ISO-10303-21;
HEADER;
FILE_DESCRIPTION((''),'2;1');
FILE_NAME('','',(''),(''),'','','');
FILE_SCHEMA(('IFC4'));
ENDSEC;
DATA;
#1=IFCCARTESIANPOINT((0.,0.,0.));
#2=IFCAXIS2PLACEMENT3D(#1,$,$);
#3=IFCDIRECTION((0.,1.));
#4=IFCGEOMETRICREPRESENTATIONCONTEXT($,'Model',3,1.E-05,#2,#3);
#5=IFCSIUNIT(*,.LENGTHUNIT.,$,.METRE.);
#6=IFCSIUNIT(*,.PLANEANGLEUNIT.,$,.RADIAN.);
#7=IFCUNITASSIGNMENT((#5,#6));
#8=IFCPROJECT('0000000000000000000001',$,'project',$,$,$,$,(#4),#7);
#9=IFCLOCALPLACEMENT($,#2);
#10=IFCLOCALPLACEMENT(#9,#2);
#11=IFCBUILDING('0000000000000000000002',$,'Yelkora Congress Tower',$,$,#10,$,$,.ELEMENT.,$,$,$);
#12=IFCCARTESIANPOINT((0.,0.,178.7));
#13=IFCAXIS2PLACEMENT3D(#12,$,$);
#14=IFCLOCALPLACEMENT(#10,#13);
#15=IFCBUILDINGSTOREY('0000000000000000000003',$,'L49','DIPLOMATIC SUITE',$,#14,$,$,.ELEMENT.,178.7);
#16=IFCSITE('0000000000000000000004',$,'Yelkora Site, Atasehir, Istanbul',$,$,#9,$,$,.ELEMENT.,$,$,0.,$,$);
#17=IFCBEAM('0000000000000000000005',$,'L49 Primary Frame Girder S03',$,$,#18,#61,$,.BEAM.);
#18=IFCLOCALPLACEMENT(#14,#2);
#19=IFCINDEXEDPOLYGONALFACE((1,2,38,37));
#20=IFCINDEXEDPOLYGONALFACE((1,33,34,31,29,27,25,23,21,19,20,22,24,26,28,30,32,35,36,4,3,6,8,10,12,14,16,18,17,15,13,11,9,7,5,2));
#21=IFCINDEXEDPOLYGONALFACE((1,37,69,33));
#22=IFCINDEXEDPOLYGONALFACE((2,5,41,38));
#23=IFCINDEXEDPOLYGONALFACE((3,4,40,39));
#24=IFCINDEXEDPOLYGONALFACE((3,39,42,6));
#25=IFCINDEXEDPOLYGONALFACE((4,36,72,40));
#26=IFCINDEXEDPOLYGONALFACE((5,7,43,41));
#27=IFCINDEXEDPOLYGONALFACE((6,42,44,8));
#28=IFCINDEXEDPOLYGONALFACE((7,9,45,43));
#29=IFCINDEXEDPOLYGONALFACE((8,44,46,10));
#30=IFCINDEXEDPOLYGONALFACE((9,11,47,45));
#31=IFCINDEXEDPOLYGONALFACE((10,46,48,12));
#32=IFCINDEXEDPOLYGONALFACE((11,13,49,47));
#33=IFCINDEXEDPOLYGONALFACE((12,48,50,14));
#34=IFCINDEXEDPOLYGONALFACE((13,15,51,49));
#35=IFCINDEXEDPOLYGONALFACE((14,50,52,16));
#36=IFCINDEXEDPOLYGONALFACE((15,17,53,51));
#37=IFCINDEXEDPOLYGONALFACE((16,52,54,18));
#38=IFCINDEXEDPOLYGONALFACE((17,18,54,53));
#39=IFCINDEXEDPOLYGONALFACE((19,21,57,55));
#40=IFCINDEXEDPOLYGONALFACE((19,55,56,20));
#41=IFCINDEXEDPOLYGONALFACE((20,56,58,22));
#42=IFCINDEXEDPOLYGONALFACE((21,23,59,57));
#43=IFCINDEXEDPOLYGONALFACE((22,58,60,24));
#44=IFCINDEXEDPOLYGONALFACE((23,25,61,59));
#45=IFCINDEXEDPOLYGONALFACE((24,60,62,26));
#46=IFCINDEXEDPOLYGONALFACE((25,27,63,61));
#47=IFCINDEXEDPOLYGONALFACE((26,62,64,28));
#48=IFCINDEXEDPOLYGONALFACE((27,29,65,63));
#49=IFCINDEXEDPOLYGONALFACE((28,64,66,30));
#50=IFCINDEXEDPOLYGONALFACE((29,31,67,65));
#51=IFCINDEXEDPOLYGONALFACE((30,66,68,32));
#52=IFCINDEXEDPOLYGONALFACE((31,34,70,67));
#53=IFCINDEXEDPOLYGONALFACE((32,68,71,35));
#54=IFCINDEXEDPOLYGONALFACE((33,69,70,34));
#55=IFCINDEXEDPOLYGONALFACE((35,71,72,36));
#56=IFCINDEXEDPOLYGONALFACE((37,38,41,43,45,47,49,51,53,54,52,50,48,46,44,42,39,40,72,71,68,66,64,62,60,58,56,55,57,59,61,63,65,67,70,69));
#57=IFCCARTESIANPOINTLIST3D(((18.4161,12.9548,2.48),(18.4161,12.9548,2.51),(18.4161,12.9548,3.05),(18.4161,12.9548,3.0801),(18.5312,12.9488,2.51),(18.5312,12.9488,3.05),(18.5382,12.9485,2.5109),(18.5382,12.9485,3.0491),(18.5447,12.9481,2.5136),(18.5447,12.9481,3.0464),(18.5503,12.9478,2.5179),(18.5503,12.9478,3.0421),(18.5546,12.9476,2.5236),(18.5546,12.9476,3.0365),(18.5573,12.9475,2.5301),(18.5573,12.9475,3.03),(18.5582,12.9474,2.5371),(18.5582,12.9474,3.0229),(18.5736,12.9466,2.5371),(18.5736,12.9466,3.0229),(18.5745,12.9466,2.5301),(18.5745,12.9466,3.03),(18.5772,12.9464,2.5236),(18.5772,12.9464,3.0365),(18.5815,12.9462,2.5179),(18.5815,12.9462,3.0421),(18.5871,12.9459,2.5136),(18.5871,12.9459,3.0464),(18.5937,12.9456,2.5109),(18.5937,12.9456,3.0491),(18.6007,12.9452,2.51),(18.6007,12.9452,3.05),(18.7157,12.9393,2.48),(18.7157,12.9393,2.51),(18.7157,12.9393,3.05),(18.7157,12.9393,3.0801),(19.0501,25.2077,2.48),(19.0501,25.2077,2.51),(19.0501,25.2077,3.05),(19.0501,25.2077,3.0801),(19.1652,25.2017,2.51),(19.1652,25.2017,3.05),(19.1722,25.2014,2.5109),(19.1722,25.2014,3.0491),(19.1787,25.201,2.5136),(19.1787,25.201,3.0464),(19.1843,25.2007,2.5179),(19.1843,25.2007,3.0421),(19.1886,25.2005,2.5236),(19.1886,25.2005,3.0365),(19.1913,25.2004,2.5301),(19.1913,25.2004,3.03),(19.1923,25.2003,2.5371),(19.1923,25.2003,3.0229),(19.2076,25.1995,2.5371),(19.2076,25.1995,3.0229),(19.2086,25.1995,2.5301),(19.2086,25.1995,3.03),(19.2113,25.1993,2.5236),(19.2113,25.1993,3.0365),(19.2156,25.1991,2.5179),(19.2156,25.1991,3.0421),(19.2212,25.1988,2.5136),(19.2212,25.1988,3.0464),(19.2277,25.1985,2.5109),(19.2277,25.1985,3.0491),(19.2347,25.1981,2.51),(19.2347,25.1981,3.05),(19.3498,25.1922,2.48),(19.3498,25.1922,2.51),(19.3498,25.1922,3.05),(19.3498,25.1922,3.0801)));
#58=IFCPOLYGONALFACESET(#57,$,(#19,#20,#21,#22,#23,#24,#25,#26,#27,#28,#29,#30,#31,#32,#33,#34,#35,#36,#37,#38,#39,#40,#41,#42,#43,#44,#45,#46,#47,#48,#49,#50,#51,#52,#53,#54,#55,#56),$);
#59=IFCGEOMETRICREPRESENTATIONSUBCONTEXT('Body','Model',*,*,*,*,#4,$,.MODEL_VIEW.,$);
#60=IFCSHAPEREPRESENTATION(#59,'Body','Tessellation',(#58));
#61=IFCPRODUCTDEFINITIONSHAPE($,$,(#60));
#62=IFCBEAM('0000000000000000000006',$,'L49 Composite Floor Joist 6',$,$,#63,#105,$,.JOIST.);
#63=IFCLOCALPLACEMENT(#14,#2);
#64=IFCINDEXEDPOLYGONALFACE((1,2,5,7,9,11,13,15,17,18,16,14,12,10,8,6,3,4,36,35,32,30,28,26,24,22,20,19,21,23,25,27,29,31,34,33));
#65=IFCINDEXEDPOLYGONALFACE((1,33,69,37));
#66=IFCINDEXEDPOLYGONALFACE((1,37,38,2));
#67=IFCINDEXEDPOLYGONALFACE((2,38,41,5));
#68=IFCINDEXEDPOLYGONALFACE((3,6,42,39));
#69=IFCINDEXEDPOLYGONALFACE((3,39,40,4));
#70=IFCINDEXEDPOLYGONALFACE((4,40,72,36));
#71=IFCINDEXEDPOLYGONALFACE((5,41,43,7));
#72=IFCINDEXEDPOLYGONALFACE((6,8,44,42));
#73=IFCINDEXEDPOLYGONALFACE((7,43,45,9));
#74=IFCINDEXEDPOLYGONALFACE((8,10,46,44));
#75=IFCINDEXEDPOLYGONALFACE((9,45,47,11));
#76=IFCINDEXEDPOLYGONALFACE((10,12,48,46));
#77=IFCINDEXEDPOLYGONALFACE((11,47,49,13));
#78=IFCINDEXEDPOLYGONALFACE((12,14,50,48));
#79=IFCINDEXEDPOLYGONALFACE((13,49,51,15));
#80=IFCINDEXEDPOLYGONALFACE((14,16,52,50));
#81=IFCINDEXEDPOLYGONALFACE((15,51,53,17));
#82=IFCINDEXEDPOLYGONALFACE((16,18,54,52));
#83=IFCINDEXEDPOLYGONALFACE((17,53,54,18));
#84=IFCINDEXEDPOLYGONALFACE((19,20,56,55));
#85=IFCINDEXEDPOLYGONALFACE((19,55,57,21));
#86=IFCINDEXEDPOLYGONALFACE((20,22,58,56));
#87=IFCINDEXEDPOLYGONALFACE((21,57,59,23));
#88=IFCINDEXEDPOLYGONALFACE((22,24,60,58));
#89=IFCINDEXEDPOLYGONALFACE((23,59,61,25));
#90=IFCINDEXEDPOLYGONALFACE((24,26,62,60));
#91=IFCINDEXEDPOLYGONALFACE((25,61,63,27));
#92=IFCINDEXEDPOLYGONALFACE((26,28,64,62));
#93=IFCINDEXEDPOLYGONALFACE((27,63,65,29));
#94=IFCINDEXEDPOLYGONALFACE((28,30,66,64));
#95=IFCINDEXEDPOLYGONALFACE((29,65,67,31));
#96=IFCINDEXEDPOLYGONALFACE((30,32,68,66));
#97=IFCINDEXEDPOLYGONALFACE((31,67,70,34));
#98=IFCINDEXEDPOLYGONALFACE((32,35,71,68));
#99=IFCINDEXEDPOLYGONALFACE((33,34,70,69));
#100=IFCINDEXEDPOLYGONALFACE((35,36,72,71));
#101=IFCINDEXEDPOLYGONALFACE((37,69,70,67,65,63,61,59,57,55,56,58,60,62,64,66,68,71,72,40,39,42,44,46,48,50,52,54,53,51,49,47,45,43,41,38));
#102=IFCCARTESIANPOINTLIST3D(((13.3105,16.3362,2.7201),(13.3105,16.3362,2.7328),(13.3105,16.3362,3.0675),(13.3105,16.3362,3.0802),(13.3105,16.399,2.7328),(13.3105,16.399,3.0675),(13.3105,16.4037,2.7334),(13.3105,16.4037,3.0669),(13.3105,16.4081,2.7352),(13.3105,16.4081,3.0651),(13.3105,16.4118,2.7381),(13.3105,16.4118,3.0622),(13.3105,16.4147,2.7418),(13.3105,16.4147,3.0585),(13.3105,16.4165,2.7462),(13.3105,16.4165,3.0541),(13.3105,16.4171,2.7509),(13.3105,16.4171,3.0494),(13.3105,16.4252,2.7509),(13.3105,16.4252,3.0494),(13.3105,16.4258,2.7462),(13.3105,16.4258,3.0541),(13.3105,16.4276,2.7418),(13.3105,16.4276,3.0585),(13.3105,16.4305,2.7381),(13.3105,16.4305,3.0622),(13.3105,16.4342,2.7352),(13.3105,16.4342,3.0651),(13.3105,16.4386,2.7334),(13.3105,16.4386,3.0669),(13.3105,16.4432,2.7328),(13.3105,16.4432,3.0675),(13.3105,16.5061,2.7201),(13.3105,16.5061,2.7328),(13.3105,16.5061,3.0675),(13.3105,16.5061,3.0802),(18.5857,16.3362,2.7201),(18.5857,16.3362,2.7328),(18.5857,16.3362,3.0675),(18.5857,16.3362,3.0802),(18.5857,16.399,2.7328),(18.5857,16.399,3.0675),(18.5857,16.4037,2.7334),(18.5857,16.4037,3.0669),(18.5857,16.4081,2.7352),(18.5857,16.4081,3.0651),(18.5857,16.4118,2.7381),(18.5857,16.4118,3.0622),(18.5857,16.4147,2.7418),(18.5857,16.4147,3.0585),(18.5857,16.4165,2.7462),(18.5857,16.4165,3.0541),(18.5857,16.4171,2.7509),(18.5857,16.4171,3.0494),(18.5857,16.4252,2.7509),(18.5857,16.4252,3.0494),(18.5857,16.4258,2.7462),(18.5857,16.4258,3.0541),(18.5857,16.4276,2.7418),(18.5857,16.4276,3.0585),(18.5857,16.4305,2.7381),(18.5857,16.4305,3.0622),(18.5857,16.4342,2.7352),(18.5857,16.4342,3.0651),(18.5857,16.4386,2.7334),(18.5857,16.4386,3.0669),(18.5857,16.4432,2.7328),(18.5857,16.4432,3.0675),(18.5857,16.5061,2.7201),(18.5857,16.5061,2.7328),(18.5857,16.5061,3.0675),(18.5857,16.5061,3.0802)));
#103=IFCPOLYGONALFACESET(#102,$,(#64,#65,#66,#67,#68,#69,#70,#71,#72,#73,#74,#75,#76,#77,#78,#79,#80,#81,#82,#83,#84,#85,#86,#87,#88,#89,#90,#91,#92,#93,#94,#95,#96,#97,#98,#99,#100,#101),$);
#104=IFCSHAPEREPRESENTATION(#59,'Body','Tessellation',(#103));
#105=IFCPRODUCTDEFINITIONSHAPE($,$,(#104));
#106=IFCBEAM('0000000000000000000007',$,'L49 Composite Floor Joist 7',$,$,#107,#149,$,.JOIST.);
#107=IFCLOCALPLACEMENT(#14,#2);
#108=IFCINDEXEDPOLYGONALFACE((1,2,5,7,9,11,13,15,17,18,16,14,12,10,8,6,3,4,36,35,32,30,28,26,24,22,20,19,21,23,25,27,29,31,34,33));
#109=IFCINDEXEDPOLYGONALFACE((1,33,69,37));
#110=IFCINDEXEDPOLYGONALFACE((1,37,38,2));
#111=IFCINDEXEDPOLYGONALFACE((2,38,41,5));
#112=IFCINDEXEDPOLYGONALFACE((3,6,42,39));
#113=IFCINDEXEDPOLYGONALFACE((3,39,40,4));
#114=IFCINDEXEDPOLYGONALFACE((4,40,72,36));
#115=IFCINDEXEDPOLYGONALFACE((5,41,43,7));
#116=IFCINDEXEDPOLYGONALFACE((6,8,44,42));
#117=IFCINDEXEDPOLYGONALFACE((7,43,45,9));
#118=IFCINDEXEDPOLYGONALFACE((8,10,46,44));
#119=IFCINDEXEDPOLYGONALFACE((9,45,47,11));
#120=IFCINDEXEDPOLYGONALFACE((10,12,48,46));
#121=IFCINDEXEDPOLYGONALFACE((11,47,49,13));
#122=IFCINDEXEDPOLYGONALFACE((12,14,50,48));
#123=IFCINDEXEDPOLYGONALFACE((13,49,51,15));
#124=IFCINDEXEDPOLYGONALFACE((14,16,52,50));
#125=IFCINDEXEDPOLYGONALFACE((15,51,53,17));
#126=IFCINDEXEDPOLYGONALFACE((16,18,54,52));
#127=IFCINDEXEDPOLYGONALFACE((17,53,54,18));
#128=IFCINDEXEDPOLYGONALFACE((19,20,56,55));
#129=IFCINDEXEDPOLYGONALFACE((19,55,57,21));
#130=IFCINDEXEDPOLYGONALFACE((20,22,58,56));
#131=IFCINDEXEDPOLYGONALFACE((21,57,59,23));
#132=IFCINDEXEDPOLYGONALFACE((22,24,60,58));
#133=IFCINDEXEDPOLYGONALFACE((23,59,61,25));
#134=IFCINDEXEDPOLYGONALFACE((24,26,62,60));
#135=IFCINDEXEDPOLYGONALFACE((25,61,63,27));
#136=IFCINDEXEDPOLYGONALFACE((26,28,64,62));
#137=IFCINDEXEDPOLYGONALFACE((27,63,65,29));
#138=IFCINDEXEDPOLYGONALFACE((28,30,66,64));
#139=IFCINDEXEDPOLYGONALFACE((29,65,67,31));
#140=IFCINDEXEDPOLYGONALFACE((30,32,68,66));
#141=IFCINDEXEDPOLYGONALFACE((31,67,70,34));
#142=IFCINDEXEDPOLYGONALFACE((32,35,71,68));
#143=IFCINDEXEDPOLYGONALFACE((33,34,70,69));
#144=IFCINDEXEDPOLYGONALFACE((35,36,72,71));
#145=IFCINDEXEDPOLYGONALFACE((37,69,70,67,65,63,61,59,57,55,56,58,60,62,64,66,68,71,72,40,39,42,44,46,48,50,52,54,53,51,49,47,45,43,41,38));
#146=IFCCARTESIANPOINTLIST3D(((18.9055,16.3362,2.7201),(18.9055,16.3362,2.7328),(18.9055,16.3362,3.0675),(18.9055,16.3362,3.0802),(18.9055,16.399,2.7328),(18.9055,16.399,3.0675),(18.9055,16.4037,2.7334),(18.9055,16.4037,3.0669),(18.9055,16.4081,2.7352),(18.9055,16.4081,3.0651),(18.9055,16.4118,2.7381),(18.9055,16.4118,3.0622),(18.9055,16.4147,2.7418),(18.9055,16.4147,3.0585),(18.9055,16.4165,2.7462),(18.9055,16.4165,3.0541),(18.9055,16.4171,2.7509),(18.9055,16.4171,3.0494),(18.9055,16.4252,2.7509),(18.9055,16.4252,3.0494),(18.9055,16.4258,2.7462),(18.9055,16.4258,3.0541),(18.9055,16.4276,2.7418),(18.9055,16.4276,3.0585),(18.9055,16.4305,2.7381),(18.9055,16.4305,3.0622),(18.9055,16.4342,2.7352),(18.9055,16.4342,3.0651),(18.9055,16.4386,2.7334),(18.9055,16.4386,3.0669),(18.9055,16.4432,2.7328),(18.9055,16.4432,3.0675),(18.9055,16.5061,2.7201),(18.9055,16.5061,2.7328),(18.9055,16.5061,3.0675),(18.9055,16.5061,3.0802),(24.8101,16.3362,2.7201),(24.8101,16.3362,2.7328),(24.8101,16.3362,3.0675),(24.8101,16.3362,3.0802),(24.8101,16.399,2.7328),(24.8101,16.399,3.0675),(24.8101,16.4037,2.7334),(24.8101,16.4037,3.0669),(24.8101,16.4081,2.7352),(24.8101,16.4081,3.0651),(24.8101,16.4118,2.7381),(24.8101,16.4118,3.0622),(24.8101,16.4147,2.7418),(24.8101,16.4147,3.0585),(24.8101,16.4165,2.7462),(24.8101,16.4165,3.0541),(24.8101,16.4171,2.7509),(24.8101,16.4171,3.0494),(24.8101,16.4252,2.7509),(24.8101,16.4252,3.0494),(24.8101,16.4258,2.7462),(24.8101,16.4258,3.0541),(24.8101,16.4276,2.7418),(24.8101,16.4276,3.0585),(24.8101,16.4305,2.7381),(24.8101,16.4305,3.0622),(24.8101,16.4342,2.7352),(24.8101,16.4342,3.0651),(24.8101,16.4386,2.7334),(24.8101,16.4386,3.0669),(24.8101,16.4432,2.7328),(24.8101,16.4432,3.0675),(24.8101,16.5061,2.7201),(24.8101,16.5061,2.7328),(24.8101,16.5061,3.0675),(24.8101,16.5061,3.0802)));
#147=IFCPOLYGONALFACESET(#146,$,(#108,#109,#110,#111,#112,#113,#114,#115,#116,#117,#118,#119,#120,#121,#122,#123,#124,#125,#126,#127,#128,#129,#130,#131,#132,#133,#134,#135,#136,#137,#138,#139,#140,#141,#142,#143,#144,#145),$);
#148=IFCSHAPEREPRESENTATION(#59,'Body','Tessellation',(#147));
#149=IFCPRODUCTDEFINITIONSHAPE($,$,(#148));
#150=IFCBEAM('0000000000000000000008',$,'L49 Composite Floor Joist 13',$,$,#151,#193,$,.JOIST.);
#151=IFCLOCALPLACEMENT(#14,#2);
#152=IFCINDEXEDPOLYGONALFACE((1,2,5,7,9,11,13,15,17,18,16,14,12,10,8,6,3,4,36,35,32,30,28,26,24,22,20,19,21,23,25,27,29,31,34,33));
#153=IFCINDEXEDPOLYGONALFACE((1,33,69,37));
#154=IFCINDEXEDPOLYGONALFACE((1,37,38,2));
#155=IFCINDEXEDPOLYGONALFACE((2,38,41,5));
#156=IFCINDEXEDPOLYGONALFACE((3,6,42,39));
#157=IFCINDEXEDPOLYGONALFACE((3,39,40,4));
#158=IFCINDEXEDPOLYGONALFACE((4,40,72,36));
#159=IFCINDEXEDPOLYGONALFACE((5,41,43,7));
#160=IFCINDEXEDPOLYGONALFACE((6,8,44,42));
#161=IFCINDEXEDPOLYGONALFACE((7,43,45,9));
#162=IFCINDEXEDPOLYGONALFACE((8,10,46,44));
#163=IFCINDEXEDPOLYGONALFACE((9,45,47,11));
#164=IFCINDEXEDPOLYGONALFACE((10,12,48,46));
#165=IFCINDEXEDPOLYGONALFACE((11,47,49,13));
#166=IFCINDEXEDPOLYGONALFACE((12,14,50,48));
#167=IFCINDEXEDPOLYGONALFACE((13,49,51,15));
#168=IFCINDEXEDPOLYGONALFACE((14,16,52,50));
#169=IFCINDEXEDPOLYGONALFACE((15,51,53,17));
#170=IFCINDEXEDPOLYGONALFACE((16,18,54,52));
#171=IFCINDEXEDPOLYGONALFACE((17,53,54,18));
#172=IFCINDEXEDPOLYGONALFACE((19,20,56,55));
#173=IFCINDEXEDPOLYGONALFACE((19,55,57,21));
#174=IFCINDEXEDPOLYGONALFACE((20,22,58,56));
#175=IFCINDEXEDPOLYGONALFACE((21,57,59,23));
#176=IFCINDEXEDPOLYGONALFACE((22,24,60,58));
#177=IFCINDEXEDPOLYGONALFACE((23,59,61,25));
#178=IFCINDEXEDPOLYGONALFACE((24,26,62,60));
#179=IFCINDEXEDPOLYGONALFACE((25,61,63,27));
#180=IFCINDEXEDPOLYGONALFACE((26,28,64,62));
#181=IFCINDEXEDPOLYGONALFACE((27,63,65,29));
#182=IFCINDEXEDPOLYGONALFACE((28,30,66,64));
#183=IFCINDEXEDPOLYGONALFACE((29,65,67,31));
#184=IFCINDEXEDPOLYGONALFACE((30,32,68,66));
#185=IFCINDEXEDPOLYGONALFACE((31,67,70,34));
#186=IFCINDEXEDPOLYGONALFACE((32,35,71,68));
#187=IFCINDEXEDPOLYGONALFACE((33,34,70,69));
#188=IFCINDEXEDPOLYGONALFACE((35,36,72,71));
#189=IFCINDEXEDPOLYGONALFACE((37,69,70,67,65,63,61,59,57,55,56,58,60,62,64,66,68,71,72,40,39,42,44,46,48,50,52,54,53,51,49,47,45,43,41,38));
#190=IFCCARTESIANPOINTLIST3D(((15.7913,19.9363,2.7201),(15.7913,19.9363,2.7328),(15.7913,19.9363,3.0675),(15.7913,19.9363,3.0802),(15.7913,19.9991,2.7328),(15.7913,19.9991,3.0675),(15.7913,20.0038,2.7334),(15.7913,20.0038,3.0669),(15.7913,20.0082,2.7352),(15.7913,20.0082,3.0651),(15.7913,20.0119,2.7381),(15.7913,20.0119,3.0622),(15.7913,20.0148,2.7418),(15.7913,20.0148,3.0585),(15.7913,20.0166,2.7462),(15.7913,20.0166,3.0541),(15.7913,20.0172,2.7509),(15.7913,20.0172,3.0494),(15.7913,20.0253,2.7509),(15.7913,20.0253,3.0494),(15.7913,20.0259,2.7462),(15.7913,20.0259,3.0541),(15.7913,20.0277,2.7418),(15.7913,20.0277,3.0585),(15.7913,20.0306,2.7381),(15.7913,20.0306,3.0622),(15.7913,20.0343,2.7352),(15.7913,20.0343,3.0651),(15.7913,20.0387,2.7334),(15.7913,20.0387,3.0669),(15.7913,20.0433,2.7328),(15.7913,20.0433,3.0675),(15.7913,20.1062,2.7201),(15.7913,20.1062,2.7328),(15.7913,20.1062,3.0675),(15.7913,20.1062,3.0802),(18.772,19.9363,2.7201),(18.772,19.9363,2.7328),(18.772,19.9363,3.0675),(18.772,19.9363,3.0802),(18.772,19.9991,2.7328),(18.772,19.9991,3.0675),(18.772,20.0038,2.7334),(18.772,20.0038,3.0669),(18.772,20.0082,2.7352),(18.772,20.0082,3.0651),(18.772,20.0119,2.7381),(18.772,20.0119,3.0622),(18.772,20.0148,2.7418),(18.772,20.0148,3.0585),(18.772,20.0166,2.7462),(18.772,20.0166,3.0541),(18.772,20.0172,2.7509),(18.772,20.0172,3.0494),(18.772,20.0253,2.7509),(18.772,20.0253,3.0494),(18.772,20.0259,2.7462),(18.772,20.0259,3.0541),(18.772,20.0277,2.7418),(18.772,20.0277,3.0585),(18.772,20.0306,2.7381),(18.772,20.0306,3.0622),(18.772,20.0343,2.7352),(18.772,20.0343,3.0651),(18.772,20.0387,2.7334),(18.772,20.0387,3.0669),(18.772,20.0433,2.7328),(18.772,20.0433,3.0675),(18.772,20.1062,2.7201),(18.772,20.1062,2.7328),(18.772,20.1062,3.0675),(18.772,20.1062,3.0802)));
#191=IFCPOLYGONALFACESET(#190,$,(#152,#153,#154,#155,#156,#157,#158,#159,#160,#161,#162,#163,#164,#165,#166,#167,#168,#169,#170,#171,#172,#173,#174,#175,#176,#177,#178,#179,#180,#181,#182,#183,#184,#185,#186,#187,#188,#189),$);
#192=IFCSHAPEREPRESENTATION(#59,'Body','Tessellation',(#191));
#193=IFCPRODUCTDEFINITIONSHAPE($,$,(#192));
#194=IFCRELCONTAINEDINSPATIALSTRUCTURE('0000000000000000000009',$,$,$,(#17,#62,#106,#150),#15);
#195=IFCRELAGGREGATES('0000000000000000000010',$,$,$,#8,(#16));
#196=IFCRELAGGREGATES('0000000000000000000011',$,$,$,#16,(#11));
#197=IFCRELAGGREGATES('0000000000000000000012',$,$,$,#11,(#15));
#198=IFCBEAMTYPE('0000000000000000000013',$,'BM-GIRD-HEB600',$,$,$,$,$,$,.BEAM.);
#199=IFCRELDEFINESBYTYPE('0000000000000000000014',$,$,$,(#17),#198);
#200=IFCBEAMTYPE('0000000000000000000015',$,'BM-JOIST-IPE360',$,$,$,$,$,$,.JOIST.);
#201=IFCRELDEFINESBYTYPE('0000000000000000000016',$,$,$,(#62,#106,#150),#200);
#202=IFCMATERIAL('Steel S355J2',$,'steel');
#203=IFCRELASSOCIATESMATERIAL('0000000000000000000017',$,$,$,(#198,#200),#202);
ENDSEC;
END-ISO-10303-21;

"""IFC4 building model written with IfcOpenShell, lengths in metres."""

from ifc_helpers import new_model, si_unit, direction, frame, origin, origin_2d, place, context, subcontext, project, spatial, i_section, extrude, material, material_profile, profile_set, type_object, element, save


model = new_model("IFC4")

# Units and contexts
model_context = context("Model", 3, precision=1e-05, world=origin(), true_north=direction((0.0, 1.0)))
body_context = subcontext(model_context, "Body", "Model", "MODEL_VIEW")
ifc_project = project(units=[si_unit("LENGTHUNIT", "METRE"), si_unit("PLANEANGLEUNIT", "RADIAN")], contexts=[model_context])

# Site, building, storey
site_placement = place(None, origin())
site = spatial("IfcSite", under=ifc_project, at=site_placement, Name="Yelkora Site, Atasehir, Istanbul", CompositionType="ELEMENT", RefElevation=0.0)
building_placement = place(site_placement, origin())
building = spatial("IfcBuilding", under=site, at=building_placement, Name="Yelkora Congress Tower", CompositionType="ELEMENT")
storey_placement = place(building_placement, frame((0.0, 0.0, 178.7)))
storey = spatial("IfcBuildingStorey", under=building, at=storey_placement, Name="L49", Description="DIPLOMATIC SUITE", CompositionType="ELEMENT", Elevation=178.7)

# Beams
ifc_material_1 = material(Name="Steel S355J2", Category="steel")
ifc_material_profile_1 = material_profile(ifc_material_1, i_section(OverallWidth=0.3, OverallDepth=0.6001, WebThickness=0.0154, FlangeThickness=0.03, FilletRadius=0.0271, at=origin_2d()), Name="HEB 600")
ifc_profile_set_1 = profile_set([ifc_material_profile_1], Name="Steel S355J2")
beam_type_1 = type_object("IfcBeamType", Name="BM-GIRD-HEB600", PredefinedType="BEAM", material=ifc_profile_set_1)
beam_1_placement = place(storey_placement, frame((18.5659, 12.947, 2.78), z_axis=(0.051676, 0.998664, 0.0), x_axis=(-0.998664, 0.051676, 0.0)))
element("IfcBeam", 1, at=beam_1_placement, inside=storey, type_object=beam_type_1, Name="L49 Primary Frame Girder S03", PredefinedType="BEAM", context=body_context, shape_type="SweptSolid", body=[
    extrude(i_section(OverallWidth=0.3, OverallDepth=0.6001, WebThickness=0.0154, FlangeThickness=0.03, FilletRadius=0.0271, at=origin_2d()), origin(), (0.0, 0.0, 1.0), 12.2693),
])
ifc_material_profile_2 = material_profile(ifc_material_1, i_section(OverallWidth=0.1699, OverallDepth=0.3601, WebThickness=0.0081, FlangeThickness=0.0127, FilletRadius=0.0181, at=origin_2d()), Name="IPE 360")
ifc_profile_set_2 = profile_set([ifc_material_profile_2], Name="Steel S355J2")
beam_type_2 = type_object("IfcBeamType", Name="BM-JOIST-IPE360", PredefinedType="JOIST", material=ifc_profile_set_2)
beam_2_placement = place(storey_placement, frame((13.3105, 16.4211, 2.9001), z_axis=(1.0, 0.0, 0.0), x_axis=(0.0, 1.0, 0.0)))
element("IfcBeam", 2, at=beam_2_placement, inside=storey, type_object=beam_type_2, Name="L49 Composite Floor Joist 6", PredefinedType="JOIST", context=body_context, shape_type="SweptSolid", body=[
    extrude(i_section(OverallWidth=0.1699, OverallDepth=0.3601, WebThickness=0.0081, FlangeThickness=0.0127, FilletRadius=0.0181, at=origin_2d()), origin(), (0.0, 0.0, 1.0), 5.2751),
])
beam_3_placement = place(storey_placement, frame((18.9055, 16.4211, 2.9001), z_axis=(1.0, 0.0, 0.0), x_axis=(0.0, 1.0, 0.0)))
element("IfcBeam", 3, at=beam_3_placement, inside=storey, type_object=beam_type_2, Name="L49 Composite Floor Joist 7", PredefinedType="JOIST", context=body_context, shape_type="SweptSolid", body=[
    extrude(i_section(OverallWidth=0.1699, OverallDepth=0.3601, WebThickness=0.0081, FlangeThickness=0.0127, FilletRadius=0.0181, at=origin_2d()), origin(), (0.0, 0.0, 1.0), 5.9045),
])
beam_4_placement = place(storey_placement, frame((15.7913, 20.0212, 2.9001), z_axis=(1.0, 0.0, 0.0), x_axis=(0.0, 1.0, 0.0)))
element("IfcBeam", 4, at=beam_4_placement, inside=storey, type_object=beam_type_2, Name="L49 Composite Floor Joist 13", PredefinedType="JOIST", context=body_context, shape_type="SweptSolid", body=[
    extrude(i_section(OverallWidth=0.1699, OverallDepth=0.3601, WebThickness=0.0081, FlangeThickness=0.0127, FilletRadius=0.0181, at=origin_2d()), origin(), (0.0, 0.0, 1.0), 2.9807),
])

save(model, "model.ifc")
